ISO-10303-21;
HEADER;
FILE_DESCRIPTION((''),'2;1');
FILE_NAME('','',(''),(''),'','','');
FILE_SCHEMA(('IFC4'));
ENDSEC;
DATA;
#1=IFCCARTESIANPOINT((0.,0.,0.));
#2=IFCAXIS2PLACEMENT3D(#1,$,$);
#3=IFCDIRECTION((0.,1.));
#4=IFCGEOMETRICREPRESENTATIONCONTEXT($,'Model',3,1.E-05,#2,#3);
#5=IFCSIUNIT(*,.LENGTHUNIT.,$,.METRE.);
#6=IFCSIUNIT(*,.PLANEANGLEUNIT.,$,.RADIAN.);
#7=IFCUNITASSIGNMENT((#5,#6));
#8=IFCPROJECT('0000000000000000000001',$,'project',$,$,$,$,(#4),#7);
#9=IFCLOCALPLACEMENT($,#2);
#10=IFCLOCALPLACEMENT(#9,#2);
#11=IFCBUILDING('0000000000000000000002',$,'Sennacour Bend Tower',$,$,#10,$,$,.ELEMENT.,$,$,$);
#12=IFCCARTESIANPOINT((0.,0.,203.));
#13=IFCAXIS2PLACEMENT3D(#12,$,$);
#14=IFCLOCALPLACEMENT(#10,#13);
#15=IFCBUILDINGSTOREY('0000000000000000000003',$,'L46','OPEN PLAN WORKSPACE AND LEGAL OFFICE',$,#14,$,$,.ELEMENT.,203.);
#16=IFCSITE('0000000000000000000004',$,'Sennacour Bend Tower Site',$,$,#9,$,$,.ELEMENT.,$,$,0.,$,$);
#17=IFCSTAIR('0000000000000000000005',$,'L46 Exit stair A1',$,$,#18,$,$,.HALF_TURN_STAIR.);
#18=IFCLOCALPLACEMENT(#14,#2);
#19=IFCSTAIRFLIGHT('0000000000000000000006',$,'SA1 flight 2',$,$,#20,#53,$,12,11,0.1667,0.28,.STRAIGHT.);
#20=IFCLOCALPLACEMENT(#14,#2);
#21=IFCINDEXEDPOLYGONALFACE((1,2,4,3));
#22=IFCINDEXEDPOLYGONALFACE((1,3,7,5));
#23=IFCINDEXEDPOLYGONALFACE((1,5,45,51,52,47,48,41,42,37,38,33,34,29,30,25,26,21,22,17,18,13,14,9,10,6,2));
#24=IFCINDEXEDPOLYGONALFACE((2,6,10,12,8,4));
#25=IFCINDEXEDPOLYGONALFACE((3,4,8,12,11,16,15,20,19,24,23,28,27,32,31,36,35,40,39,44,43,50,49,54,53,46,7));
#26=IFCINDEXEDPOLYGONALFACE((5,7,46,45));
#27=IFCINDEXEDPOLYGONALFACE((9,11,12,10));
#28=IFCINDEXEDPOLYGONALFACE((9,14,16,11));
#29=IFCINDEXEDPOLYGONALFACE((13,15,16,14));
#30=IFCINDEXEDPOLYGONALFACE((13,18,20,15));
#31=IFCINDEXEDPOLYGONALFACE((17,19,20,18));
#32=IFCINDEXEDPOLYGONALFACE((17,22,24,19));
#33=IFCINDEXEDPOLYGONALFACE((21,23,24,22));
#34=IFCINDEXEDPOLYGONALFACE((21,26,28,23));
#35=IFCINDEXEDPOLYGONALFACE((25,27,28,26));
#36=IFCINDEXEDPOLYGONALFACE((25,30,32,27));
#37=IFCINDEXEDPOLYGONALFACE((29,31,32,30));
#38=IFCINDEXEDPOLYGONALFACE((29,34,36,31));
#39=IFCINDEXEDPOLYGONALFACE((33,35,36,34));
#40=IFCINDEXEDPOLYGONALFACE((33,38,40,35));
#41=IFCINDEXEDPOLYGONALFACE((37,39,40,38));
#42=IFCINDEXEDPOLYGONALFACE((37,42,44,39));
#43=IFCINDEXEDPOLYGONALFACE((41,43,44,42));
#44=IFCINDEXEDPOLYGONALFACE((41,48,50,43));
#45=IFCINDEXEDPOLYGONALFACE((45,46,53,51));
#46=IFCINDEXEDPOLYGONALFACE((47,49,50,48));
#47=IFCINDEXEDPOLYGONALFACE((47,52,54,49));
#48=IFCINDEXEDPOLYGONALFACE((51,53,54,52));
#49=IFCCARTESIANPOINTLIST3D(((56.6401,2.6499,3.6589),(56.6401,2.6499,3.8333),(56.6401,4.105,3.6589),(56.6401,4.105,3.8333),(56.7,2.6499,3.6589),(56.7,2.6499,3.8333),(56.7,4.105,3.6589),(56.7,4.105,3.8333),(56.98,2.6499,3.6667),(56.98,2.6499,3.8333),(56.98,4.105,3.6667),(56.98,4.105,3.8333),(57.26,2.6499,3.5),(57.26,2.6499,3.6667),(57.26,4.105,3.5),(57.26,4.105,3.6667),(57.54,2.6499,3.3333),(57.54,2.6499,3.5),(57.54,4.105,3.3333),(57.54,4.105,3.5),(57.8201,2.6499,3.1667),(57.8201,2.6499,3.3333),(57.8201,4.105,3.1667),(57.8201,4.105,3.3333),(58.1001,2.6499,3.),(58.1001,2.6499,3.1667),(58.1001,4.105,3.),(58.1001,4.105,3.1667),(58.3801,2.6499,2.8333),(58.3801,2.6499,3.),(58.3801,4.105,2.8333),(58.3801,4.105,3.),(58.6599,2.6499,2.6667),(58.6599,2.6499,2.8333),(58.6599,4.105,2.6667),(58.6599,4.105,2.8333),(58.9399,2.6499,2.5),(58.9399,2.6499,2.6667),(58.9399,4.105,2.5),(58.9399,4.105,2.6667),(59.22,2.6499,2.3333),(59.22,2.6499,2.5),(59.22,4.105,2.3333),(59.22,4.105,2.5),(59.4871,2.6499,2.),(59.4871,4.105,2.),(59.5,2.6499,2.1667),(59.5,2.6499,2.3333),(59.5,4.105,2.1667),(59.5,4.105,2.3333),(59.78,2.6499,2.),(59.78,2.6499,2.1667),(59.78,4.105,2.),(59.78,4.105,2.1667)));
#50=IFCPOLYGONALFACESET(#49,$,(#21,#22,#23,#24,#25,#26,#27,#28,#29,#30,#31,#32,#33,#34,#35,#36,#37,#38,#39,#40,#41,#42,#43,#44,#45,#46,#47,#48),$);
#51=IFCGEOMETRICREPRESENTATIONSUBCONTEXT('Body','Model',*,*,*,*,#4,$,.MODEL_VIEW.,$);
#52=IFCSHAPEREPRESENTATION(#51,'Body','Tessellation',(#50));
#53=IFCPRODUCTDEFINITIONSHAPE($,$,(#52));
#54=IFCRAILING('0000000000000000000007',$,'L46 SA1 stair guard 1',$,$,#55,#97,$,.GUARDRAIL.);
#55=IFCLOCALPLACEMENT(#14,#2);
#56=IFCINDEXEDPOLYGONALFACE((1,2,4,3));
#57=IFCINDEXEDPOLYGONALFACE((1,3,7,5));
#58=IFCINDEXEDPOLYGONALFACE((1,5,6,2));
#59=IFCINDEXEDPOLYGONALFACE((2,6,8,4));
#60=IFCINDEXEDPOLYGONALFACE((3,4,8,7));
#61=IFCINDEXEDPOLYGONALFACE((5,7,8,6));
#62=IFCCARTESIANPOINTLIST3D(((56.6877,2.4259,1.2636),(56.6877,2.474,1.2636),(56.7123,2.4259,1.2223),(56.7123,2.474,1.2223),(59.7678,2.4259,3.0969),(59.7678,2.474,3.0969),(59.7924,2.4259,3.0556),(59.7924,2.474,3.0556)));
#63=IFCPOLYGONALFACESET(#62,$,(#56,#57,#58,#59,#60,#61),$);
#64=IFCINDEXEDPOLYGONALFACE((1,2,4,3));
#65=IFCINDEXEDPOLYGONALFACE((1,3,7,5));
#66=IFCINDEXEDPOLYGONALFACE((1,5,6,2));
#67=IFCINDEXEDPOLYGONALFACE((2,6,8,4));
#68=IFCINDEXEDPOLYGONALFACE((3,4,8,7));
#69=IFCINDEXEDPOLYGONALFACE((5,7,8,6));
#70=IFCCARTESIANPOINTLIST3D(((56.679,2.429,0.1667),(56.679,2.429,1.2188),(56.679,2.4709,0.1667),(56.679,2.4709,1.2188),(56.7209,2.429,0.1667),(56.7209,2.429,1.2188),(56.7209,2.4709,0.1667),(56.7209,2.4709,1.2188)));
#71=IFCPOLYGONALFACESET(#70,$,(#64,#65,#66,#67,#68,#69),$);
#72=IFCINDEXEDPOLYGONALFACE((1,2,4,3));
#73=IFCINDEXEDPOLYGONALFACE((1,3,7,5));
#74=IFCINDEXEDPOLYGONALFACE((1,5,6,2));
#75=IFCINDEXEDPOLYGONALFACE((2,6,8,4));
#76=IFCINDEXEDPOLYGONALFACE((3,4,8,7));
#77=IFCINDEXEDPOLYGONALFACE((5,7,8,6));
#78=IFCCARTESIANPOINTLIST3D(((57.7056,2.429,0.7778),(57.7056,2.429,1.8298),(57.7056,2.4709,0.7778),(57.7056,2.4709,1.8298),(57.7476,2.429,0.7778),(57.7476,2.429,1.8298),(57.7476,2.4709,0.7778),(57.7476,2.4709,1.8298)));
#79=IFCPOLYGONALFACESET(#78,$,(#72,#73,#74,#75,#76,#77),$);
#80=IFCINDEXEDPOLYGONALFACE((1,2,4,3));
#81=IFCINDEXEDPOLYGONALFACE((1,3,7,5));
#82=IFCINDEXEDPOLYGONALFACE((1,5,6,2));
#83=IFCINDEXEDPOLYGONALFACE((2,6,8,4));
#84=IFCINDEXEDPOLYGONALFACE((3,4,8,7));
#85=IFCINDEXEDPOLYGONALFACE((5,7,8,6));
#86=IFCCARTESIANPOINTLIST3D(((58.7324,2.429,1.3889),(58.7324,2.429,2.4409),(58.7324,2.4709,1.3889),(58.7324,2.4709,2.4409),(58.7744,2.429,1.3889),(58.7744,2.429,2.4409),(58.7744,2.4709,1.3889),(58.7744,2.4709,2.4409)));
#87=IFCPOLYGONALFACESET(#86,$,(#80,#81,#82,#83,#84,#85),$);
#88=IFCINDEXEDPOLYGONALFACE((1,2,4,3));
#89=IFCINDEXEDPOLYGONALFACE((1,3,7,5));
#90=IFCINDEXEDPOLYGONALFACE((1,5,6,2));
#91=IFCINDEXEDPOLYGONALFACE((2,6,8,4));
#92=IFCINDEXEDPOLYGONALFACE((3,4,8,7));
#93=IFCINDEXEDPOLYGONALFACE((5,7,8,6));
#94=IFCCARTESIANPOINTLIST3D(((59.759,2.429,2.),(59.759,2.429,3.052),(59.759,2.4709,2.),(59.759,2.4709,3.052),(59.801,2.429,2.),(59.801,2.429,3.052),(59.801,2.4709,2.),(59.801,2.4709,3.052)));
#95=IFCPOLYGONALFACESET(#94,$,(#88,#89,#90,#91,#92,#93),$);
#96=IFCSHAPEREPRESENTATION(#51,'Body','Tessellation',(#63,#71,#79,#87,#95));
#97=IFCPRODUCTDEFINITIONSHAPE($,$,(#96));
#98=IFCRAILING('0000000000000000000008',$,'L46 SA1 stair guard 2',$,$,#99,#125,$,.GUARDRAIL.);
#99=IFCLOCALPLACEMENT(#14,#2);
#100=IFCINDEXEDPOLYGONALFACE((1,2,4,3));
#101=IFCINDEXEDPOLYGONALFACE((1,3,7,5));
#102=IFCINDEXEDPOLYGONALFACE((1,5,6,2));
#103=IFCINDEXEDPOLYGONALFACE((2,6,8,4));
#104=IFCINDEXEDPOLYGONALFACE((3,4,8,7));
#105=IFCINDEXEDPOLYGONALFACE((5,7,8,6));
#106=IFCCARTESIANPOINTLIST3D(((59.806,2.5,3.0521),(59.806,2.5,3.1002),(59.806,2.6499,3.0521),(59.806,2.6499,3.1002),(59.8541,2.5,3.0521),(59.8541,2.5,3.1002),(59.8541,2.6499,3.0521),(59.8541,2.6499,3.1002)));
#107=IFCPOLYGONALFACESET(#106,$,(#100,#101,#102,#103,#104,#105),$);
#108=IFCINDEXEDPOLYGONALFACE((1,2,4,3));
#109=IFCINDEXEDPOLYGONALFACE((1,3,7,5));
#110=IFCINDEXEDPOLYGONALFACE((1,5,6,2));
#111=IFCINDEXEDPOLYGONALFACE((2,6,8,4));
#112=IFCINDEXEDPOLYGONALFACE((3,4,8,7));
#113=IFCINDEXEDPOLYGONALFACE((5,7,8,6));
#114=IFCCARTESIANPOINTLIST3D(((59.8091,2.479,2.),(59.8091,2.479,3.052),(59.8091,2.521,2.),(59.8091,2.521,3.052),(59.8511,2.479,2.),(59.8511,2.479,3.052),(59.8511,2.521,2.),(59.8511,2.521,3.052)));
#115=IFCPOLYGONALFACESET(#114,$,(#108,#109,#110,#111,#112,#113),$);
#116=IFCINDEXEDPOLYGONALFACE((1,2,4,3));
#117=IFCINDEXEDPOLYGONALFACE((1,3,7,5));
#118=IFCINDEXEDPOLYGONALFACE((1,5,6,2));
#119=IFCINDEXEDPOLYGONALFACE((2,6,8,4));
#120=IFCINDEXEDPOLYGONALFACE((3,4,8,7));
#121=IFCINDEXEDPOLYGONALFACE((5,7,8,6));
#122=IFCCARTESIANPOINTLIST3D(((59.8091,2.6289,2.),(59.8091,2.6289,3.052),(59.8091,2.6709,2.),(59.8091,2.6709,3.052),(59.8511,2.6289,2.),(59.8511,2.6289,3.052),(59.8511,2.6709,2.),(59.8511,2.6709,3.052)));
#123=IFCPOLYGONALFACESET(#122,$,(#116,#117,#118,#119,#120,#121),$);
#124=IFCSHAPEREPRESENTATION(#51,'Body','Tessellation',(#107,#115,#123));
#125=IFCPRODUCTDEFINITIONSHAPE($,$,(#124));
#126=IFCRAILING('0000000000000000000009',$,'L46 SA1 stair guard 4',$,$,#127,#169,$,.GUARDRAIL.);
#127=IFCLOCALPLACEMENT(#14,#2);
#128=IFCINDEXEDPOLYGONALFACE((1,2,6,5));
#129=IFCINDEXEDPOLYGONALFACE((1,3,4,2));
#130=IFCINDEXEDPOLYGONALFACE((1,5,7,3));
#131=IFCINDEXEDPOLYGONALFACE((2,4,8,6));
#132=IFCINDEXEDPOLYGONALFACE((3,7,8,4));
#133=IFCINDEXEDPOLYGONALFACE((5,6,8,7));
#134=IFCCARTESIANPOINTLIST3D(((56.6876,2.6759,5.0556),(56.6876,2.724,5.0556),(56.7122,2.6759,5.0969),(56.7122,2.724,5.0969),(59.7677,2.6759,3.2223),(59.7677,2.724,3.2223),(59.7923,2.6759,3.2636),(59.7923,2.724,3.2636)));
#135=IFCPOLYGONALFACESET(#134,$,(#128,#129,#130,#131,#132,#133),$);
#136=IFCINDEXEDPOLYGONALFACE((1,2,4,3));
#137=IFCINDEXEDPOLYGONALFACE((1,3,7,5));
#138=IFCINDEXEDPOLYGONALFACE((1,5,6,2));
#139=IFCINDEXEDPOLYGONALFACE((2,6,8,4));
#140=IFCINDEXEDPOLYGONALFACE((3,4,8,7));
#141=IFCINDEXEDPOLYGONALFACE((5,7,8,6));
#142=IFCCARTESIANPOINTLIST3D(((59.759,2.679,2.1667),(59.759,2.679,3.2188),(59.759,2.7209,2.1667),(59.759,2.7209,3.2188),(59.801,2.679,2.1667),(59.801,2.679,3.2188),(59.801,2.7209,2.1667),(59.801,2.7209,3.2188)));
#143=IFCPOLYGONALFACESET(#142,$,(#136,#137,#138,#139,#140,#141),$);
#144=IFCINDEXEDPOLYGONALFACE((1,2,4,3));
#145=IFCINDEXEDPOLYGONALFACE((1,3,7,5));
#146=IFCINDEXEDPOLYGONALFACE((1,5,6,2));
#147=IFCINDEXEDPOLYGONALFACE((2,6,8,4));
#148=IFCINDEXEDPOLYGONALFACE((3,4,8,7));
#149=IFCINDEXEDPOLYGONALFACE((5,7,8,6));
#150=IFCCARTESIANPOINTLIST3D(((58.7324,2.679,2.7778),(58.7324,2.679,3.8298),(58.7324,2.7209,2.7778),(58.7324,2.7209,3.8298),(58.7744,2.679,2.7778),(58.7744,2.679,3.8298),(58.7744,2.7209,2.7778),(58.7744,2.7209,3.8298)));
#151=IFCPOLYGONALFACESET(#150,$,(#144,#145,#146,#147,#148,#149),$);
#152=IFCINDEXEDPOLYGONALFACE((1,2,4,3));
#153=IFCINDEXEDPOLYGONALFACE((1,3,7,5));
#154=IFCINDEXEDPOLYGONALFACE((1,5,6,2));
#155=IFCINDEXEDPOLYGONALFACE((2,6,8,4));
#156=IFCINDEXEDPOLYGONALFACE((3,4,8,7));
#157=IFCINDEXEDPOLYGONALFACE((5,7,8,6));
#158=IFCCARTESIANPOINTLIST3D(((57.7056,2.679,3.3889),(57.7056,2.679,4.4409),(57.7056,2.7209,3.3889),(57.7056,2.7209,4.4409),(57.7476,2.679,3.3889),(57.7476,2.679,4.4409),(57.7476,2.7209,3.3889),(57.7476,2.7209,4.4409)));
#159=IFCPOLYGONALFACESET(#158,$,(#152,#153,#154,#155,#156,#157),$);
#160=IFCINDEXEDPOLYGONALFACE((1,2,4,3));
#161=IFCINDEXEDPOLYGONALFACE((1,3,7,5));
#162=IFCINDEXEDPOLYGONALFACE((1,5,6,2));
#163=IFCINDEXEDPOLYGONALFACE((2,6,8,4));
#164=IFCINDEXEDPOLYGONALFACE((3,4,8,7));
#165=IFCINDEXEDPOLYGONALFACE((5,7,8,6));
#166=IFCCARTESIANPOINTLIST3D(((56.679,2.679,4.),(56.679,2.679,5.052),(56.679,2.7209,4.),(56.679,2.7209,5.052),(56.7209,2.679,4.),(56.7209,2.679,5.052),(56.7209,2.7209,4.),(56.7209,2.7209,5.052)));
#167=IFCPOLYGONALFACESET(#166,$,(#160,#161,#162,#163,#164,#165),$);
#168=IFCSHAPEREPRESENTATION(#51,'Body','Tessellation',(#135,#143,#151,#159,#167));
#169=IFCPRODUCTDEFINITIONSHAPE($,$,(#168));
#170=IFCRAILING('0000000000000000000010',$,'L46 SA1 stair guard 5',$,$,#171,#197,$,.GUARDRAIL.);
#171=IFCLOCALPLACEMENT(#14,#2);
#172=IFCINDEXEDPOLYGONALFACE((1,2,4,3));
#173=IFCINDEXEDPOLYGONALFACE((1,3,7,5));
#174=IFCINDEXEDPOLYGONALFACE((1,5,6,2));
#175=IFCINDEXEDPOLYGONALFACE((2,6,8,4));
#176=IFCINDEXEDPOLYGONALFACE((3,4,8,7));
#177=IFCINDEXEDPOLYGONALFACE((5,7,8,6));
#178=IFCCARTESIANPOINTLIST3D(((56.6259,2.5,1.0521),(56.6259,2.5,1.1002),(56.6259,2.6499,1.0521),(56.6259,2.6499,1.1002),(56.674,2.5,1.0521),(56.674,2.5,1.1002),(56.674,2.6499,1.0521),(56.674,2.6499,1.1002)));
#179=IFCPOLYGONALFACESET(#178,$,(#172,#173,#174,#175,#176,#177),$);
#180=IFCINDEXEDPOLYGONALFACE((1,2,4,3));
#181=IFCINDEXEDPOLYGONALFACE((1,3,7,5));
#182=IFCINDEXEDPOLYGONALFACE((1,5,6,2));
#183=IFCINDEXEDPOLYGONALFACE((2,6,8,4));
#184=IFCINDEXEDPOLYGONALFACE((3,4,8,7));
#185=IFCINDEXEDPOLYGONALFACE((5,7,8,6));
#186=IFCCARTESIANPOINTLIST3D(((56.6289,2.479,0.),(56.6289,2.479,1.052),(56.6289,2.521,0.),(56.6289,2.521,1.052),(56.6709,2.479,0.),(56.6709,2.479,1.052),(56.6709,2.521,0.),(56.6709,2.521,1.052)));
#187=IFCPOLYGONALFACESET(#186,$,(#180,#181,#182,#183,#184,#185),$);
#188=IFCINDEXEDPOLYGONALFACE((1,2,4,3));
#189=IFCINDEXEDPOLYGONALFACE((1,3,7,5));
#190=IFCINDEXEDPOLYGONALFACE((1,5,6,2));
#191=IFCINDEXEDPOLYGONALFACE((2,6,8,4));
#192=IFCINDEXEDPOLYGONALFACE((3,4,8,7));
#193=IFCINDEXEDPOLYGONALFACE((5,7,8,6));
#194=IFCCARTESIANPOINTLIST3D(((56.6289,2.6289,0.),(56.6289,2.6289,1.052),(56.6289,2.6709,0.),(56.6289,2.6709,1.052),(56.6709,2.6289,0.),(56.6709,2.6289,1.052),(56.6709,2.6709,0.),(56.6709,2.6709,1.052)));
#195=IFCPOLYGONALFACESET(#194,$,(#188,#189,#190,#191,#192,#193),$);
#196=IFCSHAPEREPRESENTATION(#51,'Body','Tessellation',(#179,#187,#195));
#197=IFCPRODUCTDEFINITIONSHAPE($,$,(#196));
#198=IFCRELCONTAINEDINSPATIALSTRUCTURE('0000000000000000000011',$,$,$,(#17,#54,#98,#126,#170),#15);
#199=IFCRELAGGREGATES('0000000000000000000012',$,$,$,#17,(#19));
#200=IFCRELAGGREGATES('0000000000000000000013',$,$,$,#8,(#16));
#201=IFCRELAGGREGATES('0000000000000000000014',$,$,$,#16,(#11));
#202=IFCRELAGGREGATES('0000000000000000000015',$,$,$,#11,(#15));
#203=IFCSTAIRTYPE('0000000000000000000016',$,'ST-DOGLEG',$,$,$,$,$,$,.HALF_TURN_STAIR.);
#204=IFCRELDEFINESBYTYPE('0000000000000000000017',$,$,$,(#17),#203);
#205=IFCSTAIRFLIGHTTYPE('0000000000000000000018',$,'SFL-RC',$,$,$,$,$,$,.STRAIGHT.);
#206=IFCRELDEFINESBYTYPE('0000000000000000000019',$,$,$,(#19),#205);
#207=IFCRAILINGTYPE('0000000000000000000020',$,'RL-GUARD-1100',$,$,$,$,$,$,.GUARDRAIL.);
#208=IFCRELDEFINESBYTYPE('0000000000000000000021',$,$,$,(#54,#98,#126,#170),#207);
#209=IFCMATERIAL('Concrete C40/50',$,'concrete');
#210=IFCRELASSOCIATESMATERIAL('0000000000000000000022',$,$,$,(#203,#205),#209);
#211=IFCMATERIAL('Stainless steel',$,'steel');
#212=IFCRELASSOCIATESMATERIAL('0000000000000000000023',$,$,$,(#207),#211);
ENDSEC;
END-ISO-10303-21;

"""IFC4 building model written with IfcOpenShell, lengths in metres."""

from ifc_helpers import new_model, si_unit, direction, frame, origin, origin_2d, place, context, subcontext, project, spatial, polyline, rectangle, outline, extrude, material, type_object, element, aggregate, save


model = new_model("IFC4")

# Units and contexts
model_context = context("Model", 3, precision=1e-05, world=origin(), true_north=direction((0.0, 1.0)))
body_context = subcontext(model_context, "Body", "Model", "MODEL_VIEW")
ifc_project = project(units=[si_unit("LENGTHUNIT", "METRE"), si_unit("PLANEANGLEUNIT", "RADIAN")], contexts=[model_context])

# Site, building, storey
site_placement = place(None, origin())
site = spatial("IfcSite", under=ifc_project, at=site_placement, Name="Sennacour Bend Tower Site", CompositionType="ELEMENT", RefElevation=0.0)
building_placement = place(site_placement, origin())
building = spatial("IfcBuilding", under=site, at=building_placement, Name="Sennacour Bend Tower", CompositionType="ELEMENT")
storey_placement = place(building_placement, frame((0.0, 0.0, 203.0)))
storey = spatial("IfcBuildingStorey", under=building, at=storey_placement, Name="L46", Description="OPEN PLAN WORKSPACE AND LEGAL OFFICE", CompositionType="ELEMENT", Elevation=203.0)

# Shared definitions
ifc_material_1 = material(Name="Stainless steel", Category="steel")

# Stair, stair flight
ifc_material_2 = material(Name="Concrete C40/50", Category="concrete")
stair_type = type_object("IfcStairType", Name="ST-DOGLEG", PredefinedType="HALF_TURN_STAIR", material=ifc_material_2)
stair_placement = place(storey_placement, origin())
stair = element("IfcStair", 1, at=stair_placement, inside=storey, type_object=stair_type, Name="L46 Exit stair A1", PredefinedType="HALF_TURN_STAIR")
stair_flight_type = type_object("IfcStairFlightType", Name="SFL-RC", PredefinedType="STRAIGHT", material=ifc_material_2)
stair_flight_1_placement = place(storey_placement, frame((59.78, 3.3774, 2.0), z_axis=(0.0, 0.0, 1.0), x_axis=(-1.0, 0.0, 0.0)))
stair_flight_1 = element("IfcStairFlight", 2, at=stair_flight_1_placement, type_object=stair_flight_type, Name="SA1 flight 2", NumberOfRisers=12, NumberOfTreads=11, PredefinedType="STRAIGHT", RiserHeight=0.1667, TreadLength=0.28, context=body_context, shape_type="SweptSolid", body=[
    extrude(outline(polyline([(0.0, 0.0), (0.0, 0.1667), (0.28, 0.1667), (0.28, 0.3333), (0.5601, 0.3333), (0.5601, 0.5), (0.8401, 0.5), (0.8401, 0.6667), (1.1201, 0.6667), (1.1201, 0.8333), (1.3999, 0.8333), (1.3999, 1.0), (1.6799, 1.0), (1.6799, 1.1667), (1.96, 1.1667), (1.96, 1.3333), (2.24, 1.3333), (2.24, 1.5), (2.52, 1.5), (2.52, 1.6667), (2.8, 1.6667), (2.8, 1.8333), (3.0801, 1.8333), (3.1399, 1.8333), (3.1399, 1.6589), (3.0801, 1.6589), (0.293, 0.0), (0.0, 0.0)])), frame((0.0, 0.7275, 0.0), z_axis=(0.0, -1.0, 0.0), x_axis=(1.0, 0.0, 0.0)), (0.0, 0.0, 1.0), 1.4551),
])
aggregate(stair, [stair_flight_1])

# Railings
railing_type_1 = type_object("IfcRailingType", Name="RL-GUARD-1100", PredefinedType="GUARDRAIL", material=ifc_material_1)
railing_1_placement = place(storey_placement, frame((56.7, 2.45, 0.1667)))
element("IfcRailing", 3, at=railing_1_placement, inside=storey, type_object=railing_type_1, Name="L46 SA1 stair guard 1", PredefinedType="GUARDRAIL", context=body_context, shape_type="SweptSolid", body=[
    extrude(rectangle(XDim=0.0481, YDim=0.0481, at=origin_2d()), frame((0.0, 0.0, 1.0762), z_axis=(0.859309, 0.0, 0.511458), x_axis=(0.0, 1.0, 0.0)), (0.0, 0.0, 1.0), 3.5845),
    extrude(rectangle(XDim=0.042, YDim=0.042, at=origin_2d()), origin(), (0.0, 0.0, 1.0), 1.052),
    extrude(rectangle(XDim=0.042, YDim=0.042, at=origin_2d()), frame((1.0266, 0.0, 0.6111)), (0.0, 0.0, 1.0), 1.052),
    extrude(rectangle(XDim=0.042, YDim=0.042, at=origin_2d()), frame((2.0535, 0.0, 1.2222)), (0.0, 0.0, 1.0), 1.052),
    extrude(rectangle(XDim=0.042, YDim=0.042, at=origin_2d()), frame((3.0801, 0.0, 1.8333)), (0.0, 0.0, 1.0), 1.052),
])
railing_2_placement = place(storey_placement, frame((59.8301, 2.5, 2.0)))
element("IfcRailing", 4, at=railing_2_placement, inside=storey, type_object=railing_type_1, Name="L46 SA1 stair guard 2", PredefinedType="GUARDRAIL", context=body_context, shape_type="SweptSolid", body=[
    extrude(rectangle(XDim=0.0481, YDim=0.0481, at=origin_2d()), frame((0.0, 0.0, 1.0762), z_axis=(0.0, 1.0, 0.0), x_axis=(-1.0, 0.0, 0.0)), (0.0, 0.0, 1.0), 0.1499),
    extrude(rectangle(XDim=0.042, YDim=0.042, at=origin_2d()), origin(), (0.0, 0.0, 1.0), 1.052),
    extrude(rectangle(XDim=0.042, YDim=0.042, at=origin_2d()), frame((0.0, 0.1499, 0.0)), (0.0, 0.0, 1.0), 1.052),
])
railing_3_placement = place(storey_placement, frame((59.78, 2.7, 2.1667)))
element("IfcRailing", 5, at=railing_3_placement, inside=storey, type_object=railing_type_1, Name="L46 SA1 stair guard 4", PredefinedType="GUARDRAIL", context=body_context, shape_type="SweptSolid", body=[
    extrude(rectangle(XDim=0.0481, YDim=0.0481, at=origin_2d()), frame((0.0, 0.0, 1.0762), z_axis=(-0.859309, 0.0, 0.511458), x_axis=(0.0, -1.0, 0.0)), (0.0, 0.0, 1.0), 3.5845),
    extrude(rectangle(XDim=0.042, YDim=0.042, at=origin_2d()), origin(), (0.0, 0.0, 1.0), 1.052),
    extrude(rectangle(XDim=0.042, YDim=0.042, at=origin_2d()), frame((-1.0266, 0.0, 0.6111)), (0.0, 0.0, 1.0), 1.052),
    extrude(rectangle(XDim=0.042, YDim=0.042, at=origin_2d()), frame((-2.0535, 0.0, 1.2222)), (0.0, 0.0, 1.0), 1.052),
    extrude(rectangle(XDim=0.042, YDim=0.042, at=origin_2d()), frame((-3.0801, 0.0, 1.8333)), (0.0, 0.0, 1.0), 1.052),
])
railing_4_placement = place(storey_placement, frame((56.6499, 2.5, 0.0)))
element("IfcRailing", 6, at=railing_4_placement, inside=storey, type_object=railing_type_1, Name="L46 SA1 stair guard 5", PredefinedType="GUARDRAIL", context=body_context, shape_type="SweptSolid", body=[
    extrude(rectangle(XDim=0.0481, YDim=0.0481, at=origin_2d()), frame((0.0, 0.0, 1.0762), z_axis=(0.0, 1.0, 0.0), x_axis=(-1.0, 0.0, 0.0)), (0.0, 0.0, 1.0), 0.1499),
    extrude(rectangle(XDim=0.042, YDim=0.042, at=origin_2d()), origin(), (0.0, 0.0, 1.0), 1.052),
    extrude(rectangle(XDim=0.042, YDim=0.042, at=origin_2d()), frame((0.0, 0.1499, 0.0)), (0.0, 0.0, 1.0), 1.052),
])

save(model, "model.ifc")
